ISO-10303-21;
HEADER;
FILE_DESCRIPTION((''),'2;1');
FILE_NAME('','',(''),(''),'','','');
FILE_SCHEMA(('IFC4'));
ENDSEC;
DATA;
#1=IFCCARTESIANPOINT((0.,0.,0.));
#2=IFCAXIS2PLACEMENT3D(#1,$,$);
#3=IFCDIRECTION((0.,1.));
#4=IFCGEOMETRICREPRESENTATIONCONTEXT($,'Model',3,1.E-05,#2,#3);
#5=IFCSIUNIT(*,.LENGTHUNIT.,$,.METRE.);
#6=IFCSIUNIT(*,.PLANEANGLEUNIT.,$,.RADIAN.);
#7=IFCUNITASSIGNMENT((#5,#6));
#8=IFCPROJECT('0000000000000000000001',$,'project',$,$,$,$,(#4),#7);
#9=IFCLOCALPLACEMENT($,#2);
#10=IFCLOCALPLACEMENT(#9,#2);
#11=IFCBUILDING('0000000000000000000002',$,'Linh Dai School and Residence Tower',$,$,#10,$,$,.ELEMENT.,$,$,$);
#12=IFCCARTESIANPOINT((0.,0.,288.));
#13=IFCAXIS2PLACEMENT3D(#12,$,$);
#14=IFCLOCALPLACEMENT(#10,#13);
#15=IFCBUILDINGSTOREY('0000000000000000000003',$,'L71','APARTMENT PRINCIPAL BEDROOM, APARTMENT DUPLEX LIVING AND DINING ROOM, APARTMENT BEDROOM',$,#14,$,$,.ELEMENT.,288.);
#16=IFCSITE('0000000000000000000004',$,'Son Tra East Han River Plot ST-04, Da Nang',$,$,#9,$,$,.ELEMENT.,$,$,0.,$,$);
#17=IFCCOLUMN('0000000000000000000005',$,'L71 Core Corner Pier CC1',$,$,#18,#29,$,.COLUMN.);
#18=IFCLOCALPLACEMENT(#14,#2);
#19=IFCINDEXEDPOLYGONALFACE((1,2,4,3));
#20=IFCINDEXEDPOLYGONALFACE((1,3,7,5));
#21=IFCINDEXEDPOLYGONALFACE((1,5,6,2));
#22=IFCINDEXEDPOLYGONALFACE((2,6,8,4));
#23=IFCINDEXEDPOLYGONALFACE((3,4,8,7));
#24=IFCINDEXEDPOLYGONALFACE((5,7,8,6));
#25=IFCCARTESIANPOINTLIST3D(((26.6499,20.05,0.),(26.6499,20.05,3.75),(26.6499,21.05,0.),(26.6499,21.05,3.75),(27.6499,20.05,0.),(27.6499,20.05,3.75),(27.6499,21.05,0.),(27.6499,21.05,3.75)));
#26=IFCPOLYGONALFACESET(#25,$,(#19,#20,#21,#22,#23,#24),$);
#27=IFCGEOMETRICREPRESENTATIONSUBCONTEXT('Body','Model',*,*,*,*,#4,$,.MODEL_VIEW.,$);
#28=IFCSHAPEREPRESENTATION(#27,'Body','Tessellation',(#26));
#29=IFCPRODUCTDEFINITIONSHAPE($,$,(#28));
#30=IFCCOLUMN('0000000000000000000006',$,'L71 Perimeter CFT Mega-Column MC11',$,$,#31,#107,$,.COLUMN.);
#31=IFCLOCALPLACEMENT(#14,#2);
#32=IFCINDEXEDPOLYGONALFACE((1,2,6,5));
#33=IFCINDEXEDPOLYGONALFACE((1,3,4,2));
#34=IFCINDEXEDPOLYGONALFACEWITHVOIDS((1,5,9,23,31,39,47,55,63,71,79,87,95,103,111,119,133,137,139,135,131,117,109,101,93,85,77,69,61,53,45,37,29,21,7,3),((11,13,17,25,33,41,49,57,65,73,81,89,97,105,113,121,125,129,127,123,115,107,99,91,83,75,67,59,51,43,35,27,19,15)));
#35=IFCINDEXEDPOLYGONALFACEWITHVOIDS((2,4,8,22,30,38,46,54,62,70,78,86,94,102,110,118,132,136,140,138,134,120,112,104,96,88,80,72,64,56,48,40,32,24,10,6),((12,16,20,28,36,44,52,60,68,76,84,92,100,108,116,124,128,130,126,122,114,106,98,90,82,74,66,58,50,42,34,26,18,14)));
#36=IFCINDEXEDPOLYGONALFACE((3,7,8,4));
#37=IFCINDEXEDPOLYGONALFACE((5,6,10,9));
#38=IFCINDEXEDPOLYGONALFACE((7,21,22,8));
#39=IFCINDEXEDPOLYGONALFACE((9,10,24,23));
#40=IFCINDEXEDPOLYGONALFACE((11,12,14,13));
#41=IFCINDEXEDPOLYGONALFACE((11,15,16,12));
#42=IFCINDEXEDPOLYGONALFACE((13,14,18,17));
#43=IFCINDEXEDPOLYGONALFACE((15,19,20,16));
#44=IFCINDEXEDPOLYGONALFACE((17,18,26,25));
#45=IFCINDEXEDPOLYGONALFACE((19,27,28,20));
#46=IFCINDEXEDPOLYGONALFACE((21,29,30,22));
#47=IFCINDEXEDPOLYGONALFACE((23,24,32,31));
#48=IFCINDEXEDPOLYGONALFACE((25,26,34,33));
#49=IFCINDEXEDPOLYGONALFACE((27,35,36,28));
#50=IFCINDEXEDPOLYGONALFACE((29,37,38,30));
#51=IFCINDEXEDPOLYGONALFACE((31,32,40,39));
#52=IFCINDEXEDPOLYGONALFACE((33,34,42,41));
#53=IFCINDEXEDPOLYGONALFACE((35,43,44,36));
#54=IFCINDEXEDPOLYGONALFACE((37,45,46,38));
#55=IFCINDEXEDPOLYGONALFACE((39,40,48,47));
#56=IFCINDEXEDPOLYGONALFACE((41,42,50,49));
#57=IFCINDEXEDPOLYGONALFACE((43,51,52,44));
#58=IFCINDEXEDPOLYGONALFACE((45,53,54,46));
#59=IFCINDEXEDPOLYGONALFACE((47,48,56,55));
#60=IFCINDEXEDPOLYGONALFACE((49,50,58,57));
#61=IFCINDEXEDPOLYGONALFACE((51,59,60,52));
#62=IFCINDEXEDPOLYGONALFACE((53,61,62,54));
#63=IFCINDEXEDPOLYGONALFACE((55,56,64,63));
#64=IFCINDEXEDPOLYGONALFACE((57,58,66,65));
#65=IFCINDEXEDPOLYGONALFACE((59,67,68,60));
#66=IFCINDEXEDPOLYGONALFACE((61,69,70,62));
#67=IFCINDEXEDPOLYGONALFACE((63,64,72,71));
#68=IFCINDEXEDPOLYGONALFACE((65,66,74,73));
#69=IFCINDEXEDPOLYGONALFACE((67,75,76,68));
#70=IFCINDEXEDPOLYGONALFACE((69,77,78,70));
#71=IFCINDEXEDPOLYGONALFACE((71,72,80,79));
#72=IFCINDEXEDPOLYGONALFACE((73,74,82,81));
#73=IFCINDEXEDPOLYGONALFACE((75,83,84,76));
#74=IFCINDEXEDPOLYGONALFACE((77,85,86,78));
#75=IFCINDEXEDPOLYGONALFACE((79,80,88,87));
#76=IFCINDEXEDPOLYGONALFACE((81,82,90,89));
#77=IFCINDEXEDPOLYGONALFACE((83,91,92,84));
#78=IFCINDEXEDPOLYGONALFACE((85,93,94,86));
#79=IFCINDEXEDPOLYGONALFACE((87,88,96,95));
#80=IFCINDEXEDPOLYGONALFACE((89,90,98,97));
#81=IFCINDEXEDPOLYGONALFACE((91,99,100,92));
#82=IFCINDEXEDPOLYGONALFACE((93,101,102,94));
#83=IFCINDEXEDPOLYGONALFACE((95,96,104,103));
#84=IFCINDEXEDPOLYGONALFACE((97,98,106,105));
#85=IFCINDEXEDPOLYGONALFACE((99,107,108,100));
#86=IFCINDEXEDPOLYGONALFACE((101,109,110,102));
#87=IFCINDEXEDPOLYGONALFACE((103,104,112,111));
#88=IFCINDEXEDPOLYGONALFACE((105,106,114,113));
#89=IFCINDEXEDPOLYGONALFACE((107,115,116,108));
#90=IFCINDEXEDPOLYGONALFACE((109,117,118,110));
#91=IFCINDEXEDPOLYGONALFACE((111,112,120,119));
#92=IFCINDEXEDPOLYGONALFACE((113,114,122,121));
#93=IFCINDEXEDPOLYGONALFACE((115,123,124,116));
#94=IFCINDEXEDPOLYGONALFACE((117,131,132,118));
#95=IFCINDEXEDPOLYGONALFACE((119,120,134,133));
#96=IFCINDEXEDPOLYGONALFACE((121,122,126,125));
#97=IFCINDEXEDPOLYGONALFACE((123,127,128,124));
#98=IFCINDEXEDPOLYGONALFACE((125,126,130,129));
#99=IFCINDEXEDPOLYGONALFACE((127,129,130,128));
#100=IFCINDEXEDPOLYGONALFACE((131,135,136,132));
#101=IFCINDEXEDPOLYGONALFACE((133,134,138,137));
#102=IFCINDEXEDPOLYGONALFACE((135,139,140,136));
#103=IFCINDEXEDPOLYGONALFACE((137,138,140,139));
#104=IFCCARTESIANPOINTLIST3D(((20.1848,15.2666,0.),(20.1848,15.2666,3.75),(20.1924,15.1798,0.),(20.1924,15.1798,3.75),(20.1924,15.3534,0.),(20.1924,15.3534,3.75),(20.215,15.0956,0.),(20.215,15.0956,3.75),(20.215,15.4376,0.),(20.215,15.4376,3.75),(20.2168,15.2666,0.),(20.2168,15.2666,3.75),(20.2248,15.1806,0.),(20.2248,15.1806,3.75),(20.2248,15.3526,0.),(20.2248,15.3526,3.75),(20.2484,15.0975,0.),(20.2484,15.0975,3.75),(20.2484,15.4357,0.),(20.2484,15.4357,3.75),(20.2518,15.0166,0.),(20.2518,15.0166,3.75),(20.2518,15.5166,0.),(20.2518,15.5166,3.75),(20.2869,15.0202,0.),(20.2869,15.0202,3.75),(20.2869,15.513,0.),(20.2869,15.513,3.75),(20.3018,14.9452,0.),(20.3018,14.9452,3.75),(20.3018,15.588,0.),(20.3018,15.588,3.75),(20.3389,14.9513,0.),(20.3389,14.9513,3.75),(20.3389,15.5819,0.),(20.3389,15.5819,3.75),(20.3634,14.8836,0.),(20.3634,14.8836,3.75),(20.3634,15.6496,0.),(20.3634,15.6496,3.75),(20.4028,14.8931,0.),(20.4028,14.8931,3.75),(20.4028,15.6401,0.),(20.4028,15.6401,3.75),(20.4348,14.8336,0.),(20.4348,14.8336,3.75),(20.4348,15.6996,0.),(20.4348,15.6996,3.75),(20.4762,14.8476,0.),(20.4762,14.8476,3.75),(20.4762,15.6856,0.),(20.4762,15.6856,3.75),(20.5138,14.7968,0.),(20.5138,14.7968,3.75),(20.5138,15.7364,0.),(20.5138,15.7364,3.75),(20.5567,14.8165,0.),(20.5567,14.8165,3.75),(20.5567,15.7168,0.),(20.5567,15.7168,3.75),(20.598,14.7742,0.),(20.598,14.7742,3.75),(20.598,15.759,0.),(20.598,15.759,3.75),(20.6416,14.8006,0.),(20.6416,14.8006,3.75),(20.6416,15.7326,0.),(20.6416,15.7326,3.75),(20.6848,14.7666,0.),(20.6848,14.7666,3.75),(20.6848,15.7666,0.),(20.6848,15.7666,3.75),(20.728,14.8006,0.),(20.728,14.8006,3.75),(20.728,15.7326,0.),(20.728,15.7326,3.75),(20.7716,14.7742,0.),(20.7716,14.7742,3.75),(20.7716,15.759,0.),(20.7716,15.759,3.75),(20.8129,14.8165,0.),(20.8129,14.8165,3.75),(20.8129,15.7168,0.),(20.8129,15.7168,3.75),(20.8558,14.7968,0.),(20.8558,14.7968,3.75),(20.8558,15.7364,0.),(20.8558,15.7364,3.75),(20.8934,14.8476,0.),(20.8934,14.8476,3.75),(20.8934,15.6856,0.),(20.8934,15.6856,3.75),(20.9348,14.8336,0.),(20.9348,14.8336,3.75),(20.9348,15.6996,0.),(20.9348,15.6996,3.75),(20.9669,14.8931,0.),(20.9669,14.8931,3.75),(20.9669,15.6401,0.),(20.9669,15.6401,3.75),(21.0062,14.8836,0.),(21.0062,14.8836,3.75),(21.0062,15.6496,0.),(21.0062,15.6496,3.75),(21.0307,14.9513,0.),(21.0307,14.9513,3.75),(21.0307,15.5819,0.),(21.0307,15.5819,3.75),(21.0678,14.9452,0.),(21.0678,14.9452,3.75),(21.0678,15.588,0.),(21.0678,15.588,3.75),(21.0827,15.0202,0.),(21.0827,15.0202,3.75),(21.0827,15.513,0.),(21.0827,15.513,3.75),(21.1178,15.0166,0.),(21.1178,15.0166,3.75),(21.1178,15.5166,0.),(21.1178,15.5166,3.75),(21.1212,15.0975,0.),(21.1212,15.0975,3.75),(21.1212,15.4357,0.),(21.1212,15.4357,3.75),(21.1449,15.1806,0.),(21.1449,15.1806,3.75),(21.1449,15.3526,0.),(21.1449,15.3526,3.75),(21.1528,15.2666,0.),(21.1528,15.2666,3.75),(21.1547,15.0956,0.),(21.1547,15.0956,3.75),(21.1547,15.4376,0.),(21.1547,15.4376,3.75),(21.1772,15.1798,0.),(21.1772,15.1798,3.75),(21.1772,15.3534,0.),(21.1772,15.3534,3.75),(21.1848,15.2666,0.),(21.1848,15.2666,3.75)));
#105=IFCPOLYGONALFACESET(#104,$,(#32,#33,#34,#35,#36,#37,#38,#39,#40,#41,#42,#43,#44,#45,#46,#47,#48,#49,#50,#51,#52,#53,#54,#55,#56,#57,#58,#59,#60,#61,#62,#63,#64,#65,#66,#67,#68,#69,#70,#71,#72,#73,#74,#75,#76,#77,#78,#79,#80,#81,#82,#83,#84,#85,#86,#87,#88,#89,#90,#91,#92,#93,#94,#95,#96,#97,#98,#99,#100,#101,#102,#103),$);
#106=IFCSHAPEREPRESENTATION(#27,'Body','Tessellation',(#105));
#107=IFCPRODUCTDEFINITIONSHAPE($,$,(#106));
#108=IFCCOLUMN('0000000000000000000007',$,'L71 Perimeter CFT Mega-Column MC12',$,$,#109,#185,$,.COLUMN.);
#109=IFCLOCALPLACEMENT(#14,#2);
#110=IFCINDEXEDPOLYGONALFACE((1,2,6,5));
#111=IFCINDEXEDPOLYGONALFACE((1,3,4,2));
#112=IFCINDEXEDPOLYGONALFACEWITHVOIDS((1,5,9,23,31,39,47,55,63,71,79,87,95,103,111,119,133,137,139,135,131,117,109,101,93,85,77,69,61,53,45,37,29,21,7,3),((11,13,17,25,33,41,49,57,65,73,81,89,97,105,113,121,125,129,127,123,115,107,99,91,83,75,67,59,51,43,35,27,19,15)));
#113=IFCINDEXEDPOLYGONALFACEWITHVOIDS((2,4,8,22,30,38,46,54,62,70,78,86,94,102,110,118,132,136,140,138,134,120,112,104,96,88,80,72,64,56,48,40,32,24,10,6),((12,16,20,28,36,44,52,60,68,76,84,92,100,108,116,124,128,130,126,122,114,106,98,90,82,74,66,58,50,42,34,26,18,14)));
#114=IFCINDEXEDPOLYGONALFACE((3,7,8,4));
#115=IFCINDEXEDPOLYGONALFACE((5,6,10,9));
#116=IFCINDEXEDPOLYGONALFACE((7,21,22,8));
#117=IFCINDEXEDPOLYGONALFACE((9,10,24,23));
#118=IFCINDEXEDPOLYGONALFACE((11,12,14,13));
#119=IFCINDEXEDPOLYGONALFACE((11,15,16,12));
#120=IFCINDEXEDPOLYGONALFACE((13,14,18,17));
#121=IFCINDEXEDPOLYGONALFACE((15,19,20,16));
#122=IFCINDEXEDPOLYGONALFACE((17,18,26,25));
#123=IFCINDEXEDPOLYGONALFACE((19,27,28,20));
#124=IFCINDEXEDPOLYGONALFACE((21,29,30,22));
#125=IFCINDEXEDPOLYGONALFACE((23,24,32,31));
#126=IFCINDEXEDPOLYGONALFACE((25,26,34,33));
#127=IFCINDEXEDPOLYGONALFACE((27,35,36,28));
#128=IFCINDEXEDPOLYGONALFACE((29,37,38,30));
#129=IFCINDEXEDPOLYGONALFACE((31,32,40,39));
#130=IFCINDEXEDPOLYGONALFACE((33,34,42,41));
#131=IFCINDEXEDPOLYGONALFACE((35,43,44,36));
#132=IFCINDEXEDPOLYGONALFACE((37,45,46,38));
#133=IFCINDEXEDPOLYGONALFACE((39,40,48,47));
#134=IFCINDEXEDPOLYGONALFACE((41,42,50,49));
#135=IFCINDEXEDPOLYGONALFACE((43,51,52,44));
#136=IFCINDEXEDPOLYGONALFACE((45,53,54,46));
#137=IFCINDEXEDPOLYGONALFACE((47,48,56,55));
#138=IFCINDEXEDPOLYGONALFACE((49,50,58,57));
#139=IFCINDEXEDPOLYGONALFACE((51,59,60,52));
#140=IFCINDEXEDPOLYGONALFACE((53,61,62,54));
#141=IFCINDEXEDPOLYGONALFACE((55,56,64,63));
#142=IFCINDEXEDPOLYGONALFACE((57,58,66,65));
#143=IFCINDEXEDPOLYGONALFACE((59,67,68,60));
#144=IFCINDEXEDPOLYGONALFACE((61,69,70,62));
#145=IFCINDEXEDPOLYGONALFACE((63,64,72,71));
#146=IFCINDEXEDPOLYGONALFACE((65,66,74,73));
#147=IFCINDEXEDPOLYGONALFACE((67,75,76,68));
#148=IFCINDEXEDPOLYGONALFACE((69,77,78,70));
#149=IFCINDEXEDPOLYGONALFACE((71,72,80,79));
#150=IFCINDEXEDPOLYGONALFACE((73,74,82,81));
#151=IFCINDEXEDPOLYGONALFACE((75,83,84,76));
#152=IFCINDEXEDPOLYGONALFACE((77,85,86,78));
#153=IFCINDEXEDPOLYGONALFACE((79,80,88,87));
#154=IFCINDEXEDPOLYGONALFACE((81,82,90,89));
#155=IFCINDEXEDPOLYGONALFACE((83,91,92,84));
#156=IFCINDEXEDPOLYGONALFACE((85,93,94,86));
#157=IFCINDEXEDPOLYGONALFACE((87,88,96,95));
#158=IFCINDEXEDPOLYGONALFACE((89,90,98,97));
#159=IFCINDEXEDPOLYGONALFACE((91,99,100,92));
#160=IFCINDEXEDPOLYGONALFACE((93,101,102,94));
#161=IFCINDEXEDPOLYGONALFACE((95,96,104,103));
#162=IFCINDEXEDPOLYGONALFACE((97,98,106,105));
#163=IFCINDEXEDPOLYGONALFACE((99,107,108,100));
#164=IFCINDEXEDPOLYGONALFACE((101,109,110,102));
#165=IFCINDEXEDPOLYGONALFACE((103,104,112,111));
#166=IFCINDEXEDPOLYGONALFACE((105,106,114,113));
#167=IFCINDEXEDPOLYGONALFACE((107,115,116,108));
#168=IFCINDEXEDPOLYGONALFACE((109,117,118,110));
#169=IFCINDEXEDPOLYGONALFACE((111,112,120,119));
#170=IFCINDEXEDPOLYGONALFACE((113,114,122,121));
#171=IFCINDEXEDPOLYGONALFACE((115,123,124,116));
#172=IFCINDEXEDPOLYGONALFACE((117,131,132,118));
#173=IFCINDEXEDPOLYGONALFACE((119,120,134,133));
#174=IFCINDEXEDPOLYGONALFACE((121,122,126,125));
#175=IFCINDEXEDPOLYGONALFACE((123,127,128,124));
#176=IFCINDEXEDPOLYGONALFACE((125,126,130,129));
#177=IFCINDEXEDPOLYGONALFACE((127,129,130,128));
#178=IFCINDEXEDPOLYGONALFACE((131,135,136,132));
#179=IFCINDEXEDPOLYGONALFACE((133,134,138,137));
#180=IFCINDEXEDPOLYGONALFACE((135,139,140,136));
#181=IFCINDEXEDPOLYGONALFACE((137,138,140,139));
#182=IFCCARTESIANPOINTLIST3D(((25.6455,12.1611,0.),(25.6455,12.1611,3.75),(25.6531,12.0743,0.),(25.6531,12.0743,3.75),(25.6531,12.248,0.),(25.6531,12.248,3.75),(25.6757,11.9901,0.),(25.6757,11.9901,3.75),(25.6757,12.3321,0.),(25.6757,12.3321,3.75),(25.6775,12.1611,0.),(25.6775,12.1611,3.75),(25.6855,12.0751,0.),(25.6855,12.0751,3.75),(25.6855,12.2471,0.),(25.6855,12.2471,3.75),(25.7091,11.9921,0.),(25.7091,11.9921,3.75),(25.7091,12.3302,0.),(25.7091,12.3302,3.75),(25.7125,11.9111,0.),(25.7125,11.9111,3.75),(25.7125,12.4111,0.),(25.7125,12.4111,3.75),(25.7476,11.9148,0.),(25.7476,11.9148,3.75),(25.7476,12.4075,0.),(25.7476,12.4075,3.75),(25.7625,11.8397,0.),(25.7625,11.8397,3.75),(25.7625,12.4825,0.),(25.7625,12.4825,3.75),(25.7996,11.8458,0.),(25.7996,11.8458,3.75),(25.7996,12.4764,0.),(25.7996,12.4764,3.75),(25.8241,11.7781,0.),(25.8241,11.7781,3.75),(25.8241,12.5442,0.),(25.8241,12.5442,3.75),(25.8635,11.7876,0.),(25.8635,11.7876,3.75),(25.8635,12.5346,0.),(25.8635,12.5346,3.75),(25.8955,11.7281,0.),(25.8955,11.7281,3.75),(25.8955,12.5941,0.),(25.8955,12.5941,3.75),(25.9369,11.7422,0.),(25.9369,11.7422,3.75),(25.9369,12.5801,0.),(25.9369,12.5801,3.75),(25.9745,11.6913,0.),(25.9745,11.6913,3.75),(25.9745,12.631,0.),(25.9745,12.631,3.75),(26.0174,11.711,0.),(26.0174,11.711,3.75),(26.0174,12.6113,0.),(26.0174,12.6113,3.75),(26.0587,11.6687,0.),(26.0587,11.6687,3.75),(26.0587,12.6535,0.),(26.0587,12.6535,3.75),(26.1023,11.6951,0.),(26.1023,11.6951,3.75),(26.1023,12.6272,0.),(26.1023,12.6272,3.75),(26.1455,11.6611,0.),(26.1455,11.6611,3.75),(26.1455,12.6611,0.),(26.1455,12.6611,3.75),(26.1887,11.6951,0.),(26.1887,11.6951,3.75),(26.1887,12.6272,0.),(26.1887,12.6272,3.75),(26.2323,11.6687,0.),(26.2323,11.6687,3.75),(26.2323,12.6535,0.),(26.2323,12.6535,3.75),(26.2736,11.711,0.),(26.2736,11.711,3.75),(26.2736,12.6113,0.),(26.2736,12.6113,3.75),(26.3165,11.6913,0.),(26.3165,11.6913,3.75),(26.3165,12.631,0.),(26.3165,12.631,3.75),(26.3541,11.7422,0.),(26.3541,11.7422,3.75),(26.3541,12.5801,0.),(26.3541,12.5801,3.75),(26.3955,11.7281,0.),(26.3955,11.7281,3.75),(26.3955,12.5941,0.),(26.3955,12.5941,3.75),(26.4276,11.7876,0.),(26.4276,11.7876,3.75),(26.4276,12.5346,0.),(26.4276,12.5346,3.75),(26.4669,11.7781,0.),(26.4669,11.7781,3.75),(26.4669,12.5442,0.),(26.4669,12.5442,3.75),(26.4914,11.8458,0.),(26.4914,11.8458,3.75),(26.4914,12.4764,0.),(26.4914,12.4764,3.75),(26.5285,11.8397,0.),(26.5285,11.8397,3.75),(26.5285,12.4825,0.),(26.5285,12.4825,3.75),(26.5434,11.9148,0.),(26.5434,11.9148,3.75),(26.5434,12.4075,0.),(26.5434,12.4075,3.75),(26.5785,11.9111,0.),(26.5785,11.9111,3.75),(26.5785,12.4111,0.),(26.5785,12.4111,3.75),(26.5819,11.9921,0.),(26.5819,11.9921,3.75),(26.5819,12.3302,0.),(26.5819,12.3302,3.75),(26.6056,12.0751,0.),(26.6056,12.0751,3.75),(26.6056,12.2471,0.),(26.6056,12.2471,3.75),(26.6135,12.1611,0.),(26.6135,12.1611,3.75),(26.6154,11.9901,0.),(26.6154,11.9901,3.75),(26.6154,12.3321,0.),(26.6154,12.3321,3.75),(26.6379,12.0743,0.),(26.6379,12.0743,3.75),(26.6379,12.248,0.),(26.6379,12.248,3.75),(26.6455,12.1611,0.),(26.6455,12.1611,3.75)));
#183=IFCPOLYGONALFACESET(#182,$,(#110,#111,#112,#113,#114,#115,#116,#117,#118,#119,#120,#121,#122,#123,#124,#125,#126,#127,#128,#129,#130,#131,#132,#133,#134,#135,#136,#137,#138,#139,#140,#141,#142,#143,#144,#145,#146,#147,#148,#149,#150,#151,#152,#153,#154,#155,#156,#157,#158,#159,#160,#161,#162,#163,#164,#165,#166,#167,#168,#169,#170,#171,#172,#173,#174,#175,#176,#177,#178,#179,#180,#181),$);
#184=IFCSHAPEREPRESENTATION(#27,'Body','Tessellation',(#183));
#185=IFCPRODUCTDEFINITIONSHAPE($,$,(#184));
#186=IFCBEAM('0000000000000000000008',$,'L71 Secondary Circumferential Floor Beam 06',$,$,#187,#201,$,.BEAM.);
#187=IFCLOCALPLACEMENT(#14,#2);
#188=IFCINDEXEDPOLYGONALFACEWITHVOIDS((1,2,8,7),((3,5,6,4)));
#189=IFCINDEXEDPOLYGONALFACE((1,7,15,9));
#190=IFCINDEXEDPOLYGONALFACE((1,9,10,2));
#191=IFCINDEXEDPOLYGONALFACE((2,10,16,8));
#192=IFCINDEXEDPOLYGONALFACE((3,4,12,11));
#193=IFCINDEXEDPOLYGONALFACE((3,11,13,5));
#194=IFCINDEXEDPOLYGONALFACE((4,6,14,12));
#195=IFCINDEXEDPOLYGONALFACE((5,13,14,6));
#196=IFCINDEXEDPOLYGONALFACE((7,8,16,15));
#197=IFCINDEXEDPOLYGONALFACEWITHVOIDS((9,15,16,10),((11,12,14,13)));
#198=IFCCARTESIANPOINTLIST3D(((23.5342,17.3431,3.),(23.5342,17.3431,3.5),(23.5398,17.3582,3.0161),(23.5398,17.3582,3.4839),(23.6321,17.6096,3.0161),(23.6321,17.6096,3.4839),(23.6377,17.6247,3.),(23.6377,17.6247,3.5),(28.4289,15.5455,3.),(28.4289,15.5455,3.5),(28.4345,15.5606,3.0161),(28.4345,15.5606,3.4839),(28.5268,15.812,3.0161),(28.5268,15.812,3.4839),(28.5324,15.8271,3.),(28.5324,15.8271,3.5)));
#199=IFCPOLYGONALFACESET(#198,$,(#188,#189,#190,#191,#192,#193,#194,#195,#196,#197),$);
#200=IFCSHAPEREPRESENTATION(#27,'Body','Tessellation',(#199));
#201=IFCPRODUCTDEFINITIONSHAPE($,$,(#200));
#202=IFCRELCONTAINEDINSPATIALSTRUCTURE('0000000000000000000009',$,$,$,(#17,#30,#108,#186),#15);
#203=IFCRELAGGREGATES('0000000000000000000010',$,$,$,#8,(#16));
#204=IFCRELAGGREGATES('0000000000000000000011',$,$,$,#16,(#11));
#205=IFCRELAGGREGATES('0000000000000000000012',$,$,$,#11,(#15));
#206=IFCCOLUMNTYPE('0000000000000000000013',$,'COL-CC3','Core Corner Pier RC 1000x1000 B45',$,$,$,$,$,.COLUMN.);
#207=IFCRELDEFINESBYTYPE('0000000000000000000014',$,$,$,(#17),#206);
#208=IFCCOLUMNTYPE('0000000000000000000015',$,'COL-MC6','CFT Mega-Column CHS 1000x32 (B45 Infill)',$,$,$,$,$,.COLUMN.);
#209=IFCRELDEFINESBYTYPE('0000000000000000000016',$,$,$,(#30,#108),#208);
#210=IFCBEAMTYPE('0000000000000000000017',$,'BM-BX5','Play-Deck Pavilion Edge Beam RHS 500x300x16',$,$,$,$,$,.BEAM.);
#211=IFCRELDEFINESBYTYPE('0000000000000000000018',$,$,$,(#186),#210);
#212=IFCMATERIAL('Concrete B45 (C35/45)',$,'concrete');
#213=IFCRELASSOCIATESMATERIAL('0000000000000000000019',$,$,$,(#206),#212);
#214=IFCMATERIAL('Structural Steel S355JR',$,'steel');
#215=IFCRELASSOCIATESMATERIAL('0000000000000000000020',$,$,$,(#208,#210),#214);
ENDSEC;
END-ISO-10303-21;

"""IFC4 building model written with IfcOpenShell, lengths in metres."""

from ifc_helpers import new_model, si_unit, direction, frame, origin, origin_2d, place, context, subcontext, project, spatial, rectangle, hollow_rectangle, hollow_circle, extrude, material, material_profile, profile_set, type_object, element, save


model = new_model("IFC4")

# Units and contexts
model_context = context("Model", 3, precision=1e-05, world=origin(), true_north=direction((0.0, 1.0)))
body_context = subcontext(model_context, "Body", "Model", "MODEL_VIEW")
ifc_project = project(units=[si_unit("LENGTHUNIT", "METRE"), si_unit("PLANEANGLEUNIT", "RADIAN")], contexts=[model_context])

# Site, building, storey
site_placement = place(None, origin())
site = spatial("IfcSite", under=ifc_project, at=site_placement, Name="Son Tra East Han River Plot ST-04, Da Nang", CompositionType="ELEMENT", RefElevation=0.0)
building_placement = place(site_placement, origin())
building = spatial("IfcBuilding", under=site, at=building_placement, Name="Linh Dai School and Residence Tower", CompositionType="ELEMENT")
storey_placement = place(building_placement, frame((0.0, 0.0, 288.0)))
storey = spatial("IfcBuildingStorey", under=building, at=storey_placement, Name="L71", Description="APARTMENT PRINCIPAL BEDROOM, APARTMENT DUPLEX LIVING AND DINING ROOM, APARTMENT BEDROOM", CompositionType="ELEMENT", Elevation=288.0)

# Columns
ifc_material_1 = material(Name="Concrete B45 (C35/45)", Category="concrete")
ifc_material_profile_1 = material_profile(ifc_material_1, rectangle(XDim=1.0, YDim=1.0, at=origin_2d()), Name="RC 1000x1000")
ifc_profile_set_1 = profile_set([ifc_material_profile_1], Name="Concrete B45 (C35/45)")
column_type_1 = type_object("IfcColumnType", Name="COL-CC3", Description="Core Corner Pier RC 1000x1000 B45", PredefinedType="COLUMN", material=ifc_profile_set_1)
column_placement = place(storey_placement, frame((27.1499, 20.55, 0.0), z_axis=(0.0, 0.0, 1.0), x_axis=(1.0, 0.0, 0.0)))
element("IfcColumn", 1, at=column_placement, inside=storey, type_object=column_type_1, Name="L71 Core Corner Pier CC1", PredefinedType="COLUMN", context=body_context, shape_type="SweptSolid", body=[
    extrude(rectangle(XDim=1.0, YDim=1.0, at=origin_2d()), origin(), (0.0, 0.0, 1.0), 3.75),
])
ifc_material_2 = material(Name="Structural Steel S355JR", Category="steel")
ifc_material_profile_2 = material_profile(ifc_material_2, hollow_circle(Radius=0.5, WallThickness=0.032, at=origin_2d()), Name="CHS 1000x32")
ifc_profile_set_2 = profile_set([ifc_material_profile_2], Name="Structural Steel S355JR")
column_type_2 = type_object("IfcColumnType", Name="COL-MC6", Description="CFT Mega-Column CHS 1000x32 (B45 Infill)", PredefinedType="COLUMN", material=ifc_profile_set_2)
for number, where, z_axis, x_axis, name in (
    (2, (20.6848, 15.2666, 0.0), (0.0, 0.0, 1.0), (1.0, 0.0, 0.0), "L71 Perimeter CFT Mega-Column MC11"),
    (3, (26.1455, 12.1611, 0.0), (0.0, 0.0, 1.0), (1.0, 0.0, 0.0), "L71 Perimeter CFT Mega-Column MC12"),
):
    element("IfcColumn", number, at=place(storey_placement, frame(where, z_axis=z_axis, x_axis=x_axis)), inside=storey, type_object=column_type_2, Name=name, PredefinedType="COLUMN", context=body_context, shape_type="SweptSolid", body=[
        extrude(hollow_circle(Radius=0.5, WallThickness=0.032, at=origin_2d()), origin(), (0.0, 0.0, 1.0), 3.75),
    ])

# Beam
ifc_material_profile_3 = material_profile(ifc_material_2, hollow_rectangle(XDim=0.3, YDim=0.5, WallThickness=0.0161, at=origin_2d()), Name="RHS 500x300x16")
ifc_profile_set_3 = profile_set([ifc_material_profile_3], Name="Structural Steel S355JR")
beam_type_1 = type_object("IfcBeamType", Name="BM-BX5", Description="Play-Deck Pavilion Edge Beam RHS 500x300x16", PredefinedType="BEAM", material=ifc_profile_set_3)
beam_1_placement = place(storey_placement, frame((23.5859, 17.4839, 3.25), z_axis=(0.938699, -0.344737, 0.0), x_axis=(0.344737, 0.938699, 0.0)))
element("IfcBeam", 4, at=beam_1_placement, inside=storey, type_object=beam_type_1, Name="L71 Secondary Circumferential Floor Beam 06", PredefinedType="BEAM", context=body_context, shape_type="SweptSolid", body=[
    extrude(hollow_rectangle(XDim=0.3, YDim=0.5, WallThickness=0.0161, at=origin_2d()), origin(), (0.0, 0.0, 1.0), 5.2144),
])

save(model, "model.ifc")
